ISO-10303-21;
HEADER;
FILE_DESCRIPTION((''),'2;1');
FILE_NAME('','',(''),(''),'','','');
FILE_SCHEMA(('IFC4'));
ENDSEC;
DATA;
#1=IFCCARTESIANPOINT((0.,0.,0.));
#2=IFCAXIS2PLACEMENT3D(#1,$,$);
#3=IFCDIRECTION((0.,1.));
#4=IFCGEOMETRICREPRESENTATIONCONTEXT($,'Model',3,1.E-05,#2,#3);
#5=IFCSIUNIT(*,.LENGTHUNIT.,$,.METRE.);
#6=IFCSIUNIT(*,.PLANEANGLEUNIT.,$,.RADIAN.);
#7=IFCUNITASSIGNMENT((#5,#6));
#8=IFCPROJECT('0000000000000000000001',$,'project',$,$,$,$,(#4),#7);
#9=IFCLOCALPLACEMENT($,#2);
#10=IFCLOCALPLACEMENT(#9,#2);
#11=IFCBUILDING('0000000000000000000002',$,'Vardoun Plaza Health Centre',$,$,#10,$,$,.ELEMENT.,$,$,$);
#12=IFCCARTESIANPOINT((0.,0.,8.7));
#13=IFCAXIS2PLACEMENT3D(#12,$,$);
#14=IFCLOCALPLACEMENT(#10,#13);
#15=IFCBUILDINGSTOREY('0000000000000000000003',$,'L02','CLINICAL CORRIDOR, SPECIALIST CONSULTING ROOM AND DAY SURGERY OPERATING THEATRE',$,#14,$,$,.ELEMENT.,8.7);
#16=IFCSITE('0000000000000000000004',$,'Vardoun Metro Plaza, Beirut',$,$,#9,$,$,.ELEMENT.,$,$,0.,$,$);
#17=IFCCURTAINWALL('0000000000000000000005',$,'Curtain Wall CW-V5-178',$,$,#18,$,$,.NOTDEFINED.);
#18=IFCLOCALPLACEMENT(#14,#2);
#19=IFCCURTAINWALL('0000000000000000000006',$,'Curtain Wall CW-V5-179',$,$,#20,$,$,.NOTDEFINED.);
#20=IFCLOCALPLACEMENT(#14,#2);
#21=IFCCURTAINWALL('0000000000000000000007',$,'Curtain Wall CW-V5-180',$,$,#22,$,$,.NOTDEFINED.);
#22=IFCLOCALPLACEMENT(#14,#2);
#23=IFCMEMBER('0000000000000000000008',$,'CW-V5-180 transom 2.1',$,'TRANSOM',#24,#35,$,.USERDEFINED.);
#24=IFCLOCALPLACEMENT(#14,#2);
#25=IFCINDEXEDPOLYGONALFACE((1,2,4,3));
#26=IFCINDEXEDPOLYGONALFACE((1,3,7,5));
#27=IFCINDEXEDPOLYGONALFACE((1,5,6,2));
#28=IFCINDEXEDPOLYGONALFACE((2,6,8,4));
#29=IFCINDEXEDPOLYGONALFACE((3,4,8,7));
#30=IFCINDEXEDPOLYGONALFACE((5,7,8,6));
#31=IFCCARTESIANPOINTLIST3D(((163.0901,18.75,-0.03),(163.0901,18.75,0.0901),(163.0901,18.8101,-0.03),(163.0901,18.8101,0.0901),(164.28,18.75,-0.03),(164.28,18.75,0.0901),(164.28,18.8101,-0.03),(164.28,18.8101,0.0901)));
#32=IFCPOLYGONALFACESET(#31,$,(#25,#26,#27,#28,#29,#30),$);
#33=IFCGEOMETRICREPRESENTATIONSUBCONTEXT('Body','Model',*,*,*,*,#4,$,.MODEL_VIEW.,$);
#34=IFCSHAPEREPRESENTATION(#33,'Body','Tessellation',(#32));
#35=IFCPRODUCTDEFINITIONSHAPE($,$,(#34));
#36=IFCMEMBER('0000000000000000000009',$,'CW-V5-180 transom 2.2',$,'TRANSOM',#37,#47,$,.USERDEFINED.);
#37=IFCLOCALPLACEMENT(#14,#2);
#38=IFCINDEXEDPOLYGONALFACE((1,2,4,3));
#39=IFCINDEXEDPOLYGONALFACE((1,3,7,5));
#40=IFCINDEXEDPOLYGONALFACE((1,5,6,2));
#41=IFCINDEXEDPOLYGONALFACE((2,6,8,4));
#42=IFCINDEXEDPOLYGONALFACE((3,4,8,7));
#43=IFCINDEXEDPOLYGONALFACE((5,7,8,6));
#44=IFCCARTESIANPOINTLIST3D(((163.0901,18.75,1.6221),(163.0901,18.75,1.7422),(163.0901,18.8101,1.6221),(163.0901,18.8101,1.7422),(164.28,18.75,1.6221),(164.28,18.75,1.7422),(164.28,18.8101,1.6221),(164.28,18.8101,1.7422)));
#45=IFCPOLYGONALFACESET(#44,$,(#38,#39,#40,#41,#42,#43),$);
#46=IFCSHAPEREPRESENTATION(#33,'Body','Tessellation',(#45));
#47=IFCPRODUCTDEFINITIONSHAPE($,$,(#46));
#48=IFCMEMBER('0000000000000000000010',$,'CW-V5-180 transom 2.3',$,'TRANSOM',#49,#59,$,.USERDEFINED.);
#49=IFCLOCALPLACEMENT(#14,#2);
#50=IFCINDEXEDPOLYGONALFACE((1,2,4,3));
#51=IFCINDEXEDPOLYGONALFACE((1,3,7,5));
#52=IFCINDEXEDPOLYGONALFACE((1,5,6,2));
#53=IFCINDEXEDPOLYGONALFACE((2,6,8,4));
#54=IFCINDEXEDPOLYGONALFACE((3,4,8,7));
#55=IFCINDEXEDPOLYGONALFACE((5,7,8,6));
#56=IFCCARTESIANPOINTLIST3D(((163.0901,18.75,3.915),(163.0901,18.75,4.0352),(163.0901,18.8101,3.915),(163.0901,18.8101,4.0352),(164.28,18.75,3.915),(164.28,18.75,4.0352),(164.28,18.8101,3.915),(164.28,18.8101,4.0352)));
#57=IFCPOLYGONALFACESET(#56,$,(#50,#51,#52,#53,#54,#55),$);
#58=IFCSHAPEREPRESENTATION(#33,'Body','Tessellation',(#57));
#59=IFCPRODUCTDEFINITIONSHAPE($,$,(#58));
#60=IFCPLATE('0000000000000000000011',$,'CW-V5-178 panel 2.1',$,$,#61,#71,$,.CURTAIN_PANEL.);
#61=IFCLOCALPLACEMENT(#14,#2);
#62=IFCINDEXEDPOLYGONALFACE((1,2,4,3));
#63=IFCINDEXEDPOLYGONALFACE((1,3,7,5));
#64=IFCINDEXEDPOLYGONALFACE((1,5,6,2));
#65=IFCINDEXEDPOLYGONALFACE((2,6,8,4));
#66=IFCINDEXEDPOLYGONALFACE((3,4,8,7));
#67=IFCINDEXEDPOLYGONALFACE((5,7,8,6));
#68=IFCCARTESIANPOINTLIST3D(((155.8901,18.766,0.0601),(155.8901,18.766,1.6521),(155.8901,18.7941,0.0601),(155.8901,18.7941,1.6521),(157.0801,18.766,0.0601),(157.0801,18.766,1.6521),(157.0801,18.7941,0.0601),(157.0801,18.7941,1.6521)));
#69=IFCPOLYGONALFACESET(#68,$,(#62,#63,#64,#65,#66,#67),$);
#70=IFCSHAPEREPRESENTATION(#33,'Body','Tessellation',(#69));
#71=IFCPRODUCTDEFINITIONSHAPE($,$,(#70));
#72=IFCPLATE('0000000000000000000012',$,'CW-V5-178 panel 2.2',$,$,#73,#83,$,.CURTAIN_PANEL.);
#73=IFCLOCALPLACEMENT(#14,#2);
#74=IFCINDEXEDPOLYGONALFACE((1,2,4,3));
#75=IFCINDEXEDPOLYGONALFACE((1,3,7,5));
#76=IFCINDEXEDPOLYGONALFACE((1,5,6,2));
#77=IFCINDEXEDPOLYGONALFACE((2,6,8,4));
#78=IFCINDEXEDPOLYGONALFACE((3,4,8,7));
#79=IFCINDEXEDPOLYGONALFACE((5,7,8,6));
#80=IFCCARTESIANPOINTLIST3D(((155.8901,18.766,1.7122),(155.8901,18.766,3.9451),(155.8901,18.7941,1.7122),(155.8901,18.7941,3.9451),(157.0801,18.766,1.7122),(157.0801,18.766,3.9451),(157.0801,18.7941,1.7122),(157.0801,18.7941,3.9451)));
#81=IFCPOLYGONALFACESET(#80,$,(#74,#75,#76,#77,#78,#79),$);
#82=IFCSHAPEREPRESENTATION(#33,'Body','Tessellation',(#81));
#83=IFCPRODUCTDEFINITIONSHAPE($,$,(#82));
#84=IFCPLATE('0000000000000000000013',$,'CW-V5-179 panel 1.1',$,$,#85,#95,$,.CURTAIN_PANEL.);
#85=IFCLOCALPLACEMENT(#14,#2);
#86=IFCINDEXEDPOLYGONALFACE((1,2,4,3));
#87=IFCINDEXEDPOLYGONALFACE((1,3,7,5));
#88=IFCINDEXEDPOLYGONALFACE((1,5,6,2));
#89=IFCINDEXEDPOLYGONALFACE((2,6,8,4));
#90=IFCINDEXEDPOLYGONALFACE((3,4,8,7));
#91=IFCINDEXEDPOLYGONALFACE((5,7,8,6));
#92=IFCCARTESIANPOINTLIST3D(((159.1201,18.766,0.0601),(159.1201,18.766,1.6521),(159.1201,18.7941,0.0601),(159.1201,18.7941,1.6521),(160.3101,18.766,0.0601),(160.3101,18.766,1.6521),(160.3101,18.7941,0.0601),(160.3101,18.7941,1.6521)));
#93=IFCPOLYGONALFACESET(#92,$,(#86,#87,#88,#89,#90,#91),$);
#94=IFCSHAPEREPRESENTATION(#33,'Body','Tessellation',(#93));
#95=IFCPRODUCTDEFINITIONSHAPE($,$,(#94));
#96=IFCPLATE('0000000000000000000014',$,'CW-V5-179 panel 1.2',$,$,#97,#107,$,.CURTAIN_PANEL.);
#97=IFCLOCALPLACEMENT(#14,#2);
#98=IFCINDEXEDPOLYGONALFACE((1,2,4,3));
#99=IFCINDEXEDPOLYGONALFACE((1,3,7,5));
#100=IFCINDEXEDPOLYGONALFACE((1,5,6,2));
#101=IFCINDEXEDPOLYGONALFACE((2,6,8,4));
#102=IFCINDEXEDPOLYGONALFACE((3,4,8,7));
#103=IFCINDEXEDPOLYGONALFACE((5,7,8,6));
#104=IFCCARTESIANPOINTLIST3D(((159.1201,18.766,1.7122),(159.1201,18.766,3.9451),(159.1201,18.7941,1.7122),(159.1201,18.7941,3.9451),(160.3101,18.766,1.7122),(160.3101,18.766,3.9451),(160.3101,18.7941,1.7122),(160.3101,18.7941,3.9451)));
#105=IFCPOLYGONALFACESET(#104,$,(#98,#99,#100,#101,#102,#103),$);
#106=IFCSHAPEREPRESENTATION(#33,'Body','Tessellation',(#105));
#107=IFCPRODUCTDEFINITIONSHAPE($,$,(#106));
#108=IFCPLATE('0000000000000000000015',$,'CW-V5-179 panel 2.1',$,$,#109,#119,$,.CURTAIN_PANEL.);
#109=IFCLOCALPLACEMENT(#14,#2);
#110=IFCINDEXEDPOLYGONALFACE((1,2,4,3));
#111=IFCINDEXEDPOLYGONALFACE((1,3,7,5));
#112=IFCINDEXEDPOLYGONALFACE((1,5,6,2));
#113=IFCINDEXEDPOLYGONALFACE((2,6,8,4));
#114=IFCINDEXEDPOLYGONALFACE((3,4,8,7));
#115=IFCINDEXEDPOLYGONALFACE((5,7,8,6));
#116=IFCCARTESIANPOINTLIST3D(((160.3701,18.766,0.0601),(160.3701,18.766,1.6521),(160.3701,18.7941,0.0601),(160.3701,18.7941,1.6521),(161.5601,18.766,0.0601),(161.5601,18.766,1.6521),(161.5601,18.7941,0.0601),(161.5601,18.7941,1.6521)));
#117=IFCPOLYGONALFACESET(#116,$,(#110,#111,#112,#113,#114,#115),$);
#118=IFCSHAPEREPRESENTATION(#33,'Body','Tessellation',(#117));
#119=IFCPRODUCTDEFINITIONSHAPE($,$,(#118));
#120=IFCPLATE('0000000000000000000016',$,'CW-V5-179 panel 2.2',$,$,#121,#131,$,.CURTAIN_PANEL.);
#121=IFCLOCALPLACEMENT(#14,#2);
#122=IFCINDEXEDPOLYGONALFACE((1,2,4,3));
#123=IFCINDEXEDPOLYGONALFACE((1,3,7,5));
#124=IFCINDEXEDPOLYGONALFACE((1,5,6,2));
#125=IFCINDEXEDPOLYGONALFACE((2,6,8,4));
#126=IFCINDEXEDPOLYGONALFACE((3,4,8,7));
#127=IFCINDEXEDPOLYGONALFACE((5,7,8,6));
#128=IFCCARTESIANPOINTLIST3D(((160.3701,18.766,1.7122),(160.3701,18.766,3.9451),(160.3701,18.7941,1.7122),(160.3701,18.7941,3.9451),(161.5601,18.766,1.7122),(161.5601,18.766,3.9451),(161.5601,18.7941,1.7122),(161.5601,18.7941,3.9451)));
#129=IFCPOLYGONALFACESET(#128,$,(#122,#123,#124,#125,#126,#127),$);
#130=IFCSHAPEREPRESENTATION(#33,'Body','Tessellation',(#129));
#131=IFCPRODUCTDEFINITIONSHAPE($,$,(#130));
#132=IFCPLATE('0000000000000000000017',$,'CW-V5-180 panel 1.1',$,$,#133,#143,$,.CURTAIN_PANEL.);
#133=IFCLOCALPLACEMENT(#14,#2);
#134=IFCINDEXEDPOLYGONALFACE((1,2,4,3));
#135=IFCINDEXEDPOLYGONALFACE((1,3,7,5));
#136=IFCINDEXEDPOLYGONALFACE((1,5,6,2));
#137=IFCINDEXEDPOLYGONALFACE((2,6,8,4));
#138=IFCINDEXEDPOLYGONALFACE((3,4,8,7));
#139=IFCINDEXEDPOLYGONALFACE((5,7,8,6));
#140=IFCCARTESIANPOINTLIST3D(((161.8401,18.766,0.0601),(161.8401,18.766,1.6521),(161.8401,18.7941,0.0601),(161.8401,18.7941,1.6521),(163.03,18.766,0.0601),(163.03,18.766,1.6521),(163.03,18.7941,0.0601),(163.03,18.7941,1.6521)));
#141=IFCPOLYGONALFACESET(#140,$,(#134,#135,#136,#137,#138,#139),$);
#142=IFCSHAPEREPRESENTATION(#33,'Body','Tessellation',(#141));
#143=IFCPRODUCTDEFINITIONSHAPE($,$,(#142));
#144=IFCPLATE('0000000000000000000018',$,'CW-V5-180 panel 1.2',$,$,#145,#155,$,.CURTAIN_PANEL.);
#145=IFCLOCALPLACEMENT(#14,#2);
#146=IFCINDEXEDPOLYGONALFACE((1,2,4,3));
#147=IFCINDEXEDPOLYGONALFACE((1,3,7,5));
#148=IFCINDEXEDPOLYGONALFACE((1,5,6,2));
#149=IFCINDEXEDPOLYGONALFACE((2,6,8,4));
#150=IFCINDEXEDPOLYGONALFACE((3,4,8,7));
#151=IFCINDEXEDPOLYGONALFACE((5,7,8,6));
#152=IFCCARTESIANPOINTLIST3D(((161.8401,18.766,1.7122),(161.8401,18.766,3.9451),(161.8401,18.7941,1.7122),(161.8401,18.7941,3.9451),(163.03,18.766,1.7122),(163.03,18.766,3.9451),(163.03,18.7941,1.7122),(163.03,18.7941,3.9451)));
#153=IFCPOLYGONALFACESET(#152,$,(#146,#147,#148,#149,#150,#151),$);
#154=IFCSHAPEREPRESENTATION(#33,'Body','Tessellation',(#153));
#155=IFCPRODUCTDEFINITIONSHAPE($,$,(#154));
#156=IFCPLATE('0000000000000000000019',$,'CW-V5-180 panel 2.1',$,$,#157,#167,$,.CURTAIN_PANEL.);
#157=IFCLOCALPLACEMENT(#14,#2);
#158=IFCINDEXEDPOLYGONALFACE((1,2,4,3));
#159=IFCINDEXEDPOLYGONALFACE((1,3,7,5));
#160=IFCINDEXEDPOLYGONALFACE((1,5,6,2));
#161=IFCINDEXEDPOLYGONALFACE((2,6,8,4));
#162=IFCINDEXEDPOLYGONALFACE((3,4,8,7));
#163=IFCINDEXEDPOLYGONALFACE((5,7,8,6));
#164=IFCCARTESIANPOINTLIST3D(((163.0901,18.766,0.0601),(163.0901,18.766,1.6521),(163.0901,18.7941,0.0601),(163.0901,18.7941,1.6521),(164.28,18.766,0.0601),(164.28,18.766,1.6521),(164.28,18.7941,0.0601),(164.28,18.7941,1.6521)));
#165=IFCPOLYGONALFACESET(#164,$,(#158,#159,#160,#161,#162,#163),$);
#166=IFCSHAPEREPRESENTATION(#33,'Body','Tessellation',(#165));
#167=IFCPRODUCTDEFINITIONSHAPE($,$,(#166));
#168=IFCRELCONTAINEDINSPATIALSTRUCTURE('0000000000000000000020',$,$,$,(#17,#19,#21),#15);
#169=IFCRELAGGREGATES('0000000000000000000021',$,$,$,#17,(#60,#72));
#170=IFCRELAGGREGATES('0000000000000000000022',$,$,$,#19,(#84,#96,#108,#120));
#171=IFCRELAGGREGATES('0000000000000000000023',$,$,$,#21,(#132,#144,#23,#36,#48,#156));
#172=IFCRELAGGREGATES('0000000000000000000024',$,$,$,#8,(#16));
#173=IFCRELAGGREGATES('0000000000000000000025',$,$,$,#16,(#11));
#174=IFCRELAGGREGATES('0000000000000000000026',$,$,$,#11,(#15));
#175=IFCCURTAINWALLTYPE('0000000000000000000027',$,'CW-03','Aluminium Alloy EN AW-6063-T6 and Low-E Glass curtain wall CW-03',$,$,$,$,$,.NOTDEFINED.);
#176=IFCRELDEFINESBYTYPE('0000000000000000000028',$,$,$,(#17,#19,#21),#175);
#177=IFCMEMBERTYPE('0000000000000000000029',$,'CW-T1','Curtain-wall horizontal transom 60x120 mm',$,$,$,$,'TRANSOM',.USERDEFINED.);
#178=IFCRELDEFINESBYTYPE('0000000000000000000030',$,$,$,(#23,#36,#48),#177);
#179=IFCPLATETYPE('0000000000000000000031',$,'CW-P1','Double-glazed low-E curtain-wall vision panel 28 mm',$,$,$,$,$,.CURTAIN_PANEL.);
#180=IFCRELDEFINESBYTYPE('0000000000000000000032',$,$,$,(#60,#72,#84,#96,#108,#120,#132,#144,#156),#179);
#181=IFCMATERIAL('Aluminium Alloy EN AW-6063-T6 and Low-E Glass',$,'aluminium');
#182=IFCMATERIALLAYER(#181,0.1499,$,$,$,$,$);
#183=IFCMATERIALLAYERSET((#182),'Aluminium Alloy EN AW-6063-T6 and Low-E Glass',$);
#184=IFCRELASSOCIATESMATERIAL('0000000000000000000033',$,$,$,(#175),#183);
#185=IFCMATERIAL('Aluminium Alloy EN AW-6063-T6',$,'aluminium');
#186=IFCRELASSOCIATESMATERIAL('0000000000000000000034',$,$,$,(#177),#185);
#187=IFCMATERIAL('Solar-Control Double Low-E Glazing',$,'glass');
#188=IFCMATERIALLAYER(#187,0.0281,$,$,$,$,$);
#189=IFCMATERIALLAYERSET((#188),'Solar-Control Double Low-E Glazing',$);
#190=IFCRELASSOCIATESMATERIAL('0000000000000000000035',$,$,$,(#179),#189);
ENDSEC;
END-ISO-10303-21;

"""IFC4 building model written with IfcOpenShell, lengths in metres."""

from ifc_helpers import new_model, si_unit, direction, frame, origin, origin_2d, place, context, subcontext, project, spatial, rectangle, extrude, material, layer, layer_set, material_profile, profile_set, type_object, element, aggregate, save


model = new_model("IFC4")

# Units and contexts
model_context = context("Model", 3, precision=1e-05, world=origin(), true_north=direction((0.0, 1.0)))
body_context = subcontext(model_context, "Body", "Model", "MODEL_VIEW")
ifc_project = project(units=[si_unit("LENGTHUNIT", "METRE"), si_unit("PLANEANGLEUNIT", "RADIAN")], contexts=[model_context])

# Site, building, storey
site_placement = place(None, origin())
site = spatial("IfcSite", under=ifc_project, at=site_placement, Name="Vardoun Metro Plaza, Beirut", CompositionType="ELEMENT", RefElevation=0.0)
building_placement = place(site_placement, origin())
building = spatial("IfcBuilding", under=site, at=building_placement, Name="Vardoun Plaza Health Centre", CompositionType="ELEMENT")
storey_placement = place(building_placement, frame((0.0, 0.0, 8.7)))
storey = spatial("IfcBuildingStorey", under=building, at=storey_placement, Name="L02", Description="CLINICAL CORRIDOR, SPECIALIST CONSULTING ROOM AND DAY SURGERY OPERATING THEATRE", CompositionType="ELEMENT", Elevation=8.7)

# Curtain wall
ifc_material_1 = material(Name="Aluminium Alloy EN AW-6063-T6 and Low-E Glass", Category="aluminium")
ifc_layer_1 = layer(ifc_material_1, 0.1499)
ifc_layer_set_1 = layer_set([ifc_layer_1], Name="Aluminium Alloy EN AW-6063-T6 and Low-E Glass")
curtain_wall_type = type_object("IfcCurtainWallType", Name="CW-03", Description="Aluminium Alloy EN AW-6063-T6 and Low-E Glass curtain wall CW-03", PredefinedType="NOTDEFINED", material=ifc_layer_set_1)
curtain_wall_1_placement = place(storey_placement, origin())
curtain_wall_1 = element("IfcCurtainWall", 1, at=curtain_wall_1_placement, inside=storey, type_object=curtain_wall_type, Name="Curtain Wall CW-V5-178", PredefinedType="NOTDEFINED")

# Curtain walls
curtain_wall_2_placement = place(storey_placement, origin())
curtain_wall_2 = element("IfcCurtainWall", 2, at=curtain_wall_2_placement, inside=storey, type_object=curtain_wall_type, Name="Curtain Wall CW-V5-179", PredefinedType="NOTDEFINED")
curtain_wall_3_placement = place(storey_placement, origin())
curtain_wall_3 = element("IfcCurtainWall", 3, at=curtain_wall_3_placement, inside=storey, type_object=curtain_wall_type, Name="Curtain Wall CW-V5-180", PredefinedType="NOTDEFINED")

# Members
ifc_material_2 = material(Name="Aluminium Alloy EN AW-6063-T6", Category="aluminium")
ifc_material_profile_1 = material_profile(ifc_material_2, rectangle(XDim=0.0601, YDim=0.1201, at=origin_2d()), Name="CWT 60x120")
ifc_profile_set_1 = profile_set([ifc_material_profile_1], Name="Aluminium Alloy EN AW-6063-T6")
member_type_1 = type_object("IfcMemberType", Name="CW-T1", Description="Curtain-wall horizontal transom 60x120 mm", ElementType="TRANSOM", PredefinedType="USERDEFINED", material=ifc_profile_set_1)
member_1_placement = place(storey_placement, frame((163.0901, 18.78, 0.03), z_axis=(1.0, 0.0, 0.0), x_axis=(0.0, 1.0, 0.0)))
member_1 = element("IfcMember", 4, at=member_1_placement, type_object=member_type_1, Name="CW-V5-180 transom 2.1", ObjectType="TRANSOM", PredefinedType="USERDEFINED", context=body_context, shape_type="SweptSolid", body=[
    extrude(rectangle(XDim=0.0601, YDim=0.1201, at=origin_2d()), origin(), (0.0, 0.0, 1.0), 1.1899),
])
member_2_placement = place(storey_placement, frame((163.0901, 18.78, 1.6821), z_axis=(1.0, 0.0, 0.0), x_axis=(0.0, 1.0, 0.0)))
member_2 = element("IfcMember", 5, at=member_2_placement, type_object=member_type_1, Name="CW-V5-180 transom 2.2", ObjectType="TRANSOM", PredefinedType="USERDEFINED", context=body_context, shape_type="SweptSolid", body=[
    extrude(rectangle(XDim=0.0601, YDim=0.1201, at=origin_2d()), origin(), (0.0, 0.0, 1.0), 1.1899),
])
member_3_placement = place(storey_placement, frame((163.0901, 18.78, 3.9751), z_axis=(1.0, 0.0, 0.0), x_axis=(0.0, 1.0, 0.0)))
member_3 = element("IfcMember", 6, at=member_3_placement, type_object=member_type_1, Name="CW-V5-180 transom 2.3", ObjectType="TRANSOM", PredefinedType="USERDEFINED", context=body_context, shape_type="SweptSolid", body=[
    extrude(rectangle(XDim=0.0601, YDim=0.1201, at=origin_2d()), origin(), (0.0, 0.0, 1.0), 1.1899),
])

# Plates
ifc_material_3 = material(Name="Solar-Control Double Low-E Glazing", Category="glass")
ifc_layer_2 = layer(ifc_material_3, 0.0281)
ifc_layer_set_2 = layer_set([ifc_layer_2], Name="Solar-Control Double Low-E Glazing")
plate_type = type_object("IfcPlateType", Name="CW-P1", Description="Double-glazed low-E curtain-wall vision panel 28 mm", PredefinedType="CURTAIN_PANEL", material=ifc_layer_set_2)
plate_1_placement = place(storey_placement, frame((156.4851, 18.78, 0.0601), z_axis=(0.0, 0.0, 1.0), x_axis=(1.0, 0.0, 0.0)))
plate_1 = element("IfcPlate", 7, at=plate_1_placement, type_object=plate_type, Name="CW-V5-178 panel 2.1", PredefinedType="CURTAIN_PANEL", context=body_context, shape_type="SweptSolid", body=[
    extrude(rectangle(XDim=1.1899, YDim=0.0281, at=origin_2d()), origin(), (0.0, 0.0, 1.0), 1.592),
])
plate_2_placement = place(storey_placement, frame((156.4851, 18.78, 1.7122), z_axis=(0.0, 0.0, 1.0), x_axis=(1.0, 0.0, 0.0)))
plate_2 = element("IfcPlate", 8, at=plate_2_placement, type_object=plate_type, Name="CW-V5-178 panel 2.2", PredefinedType="CURTAIN_PANEL", context=body_context, shape_type="SweptSolid", body=[
    extrude(rectangle(XDim=1.1899, YDim=0.0281, at=origin_2d()), origin(), (0.0, 0.0, 1.0), 2.2329),
])
aggregate(curtain_wall_1, [plate_1, plate_2])
plate_3_placement = place(storey_placement, frame((159.7151, 18.78, 0.0601), z_axis=(0.0, 0.0, 1.0), x_axis=(1.0, 0.0, 0.0)))
plate_3 = element("IfcPlate", 9, at=plate_3_placement, type_object=plate_type, Name="CW-V5-179 panel 1.1", PredefinedType="CURTAIN_PANEL", context=body_context, shape_type="SweptSolid", body=[
    extrude(rectangle(XDim=1.1899, YDim=0.0281, at=origin_2d()), origin(), (0.0, 0.0, 1.0), 1.592),
])
plate_4_placement = place(storey_placement, frame((159.7151, 18.78, 1.7122), z_axis=(0.0, 0.0, 1.0), x_axis=(1.0, 0.0, 0.0)))
plate_4 = element("IfcPlate", 10, at=plate_4_placement, type_object=plate_type, Name="CW-V5-179 panel 1.2", PredefinedType="CURTAIN_PANEL", context=body_context, shape_type="SweptSolid", body=[
    extrude(rectangle(XDim=1.1899, YDim=0.0281, at=origin_2d()), origin(), (0.0, 0.0, 1.0), 2.2329),
])
plate_5_placement = place(storey_placement, frame((160.9651, 18.78, 0.0601), z_axis=(0.0, 0.0, 1.0), x_axis=(1.0, 0.0, 0.0)))
plate_5 = element("IfcPlate", 11, at=plate_5_placement, type_object=plate_type, Name="CW-V5-179 panel 2.1", PredefinedType="CURTAIN_PANEL", context=body_context, shape_type="SweptSolid", body=[
    extrude(rectangle(XDim=1.1899, YDim=0.0281, at=origin_2d()), origin(), (0.0, 0.0, 1.0), 1.592),
])
plate_6_placement = place(storey_placement, frame((160.9651, 18.78, 1.7122), z_axis=(0.0, 0.0, 1.0), x_axis=(1.0, 0.0, 0.0)))
plate_6 = element("IfcPlate", 12, at=plate_6_placement, type_object=plate_type, Name="CW-V5-179 panel 2.2", PredefinedType="CURTAIN_PANEL", context=body_context, shape_type="SweptSolid", body=[
    extrude(rectangle(XDim=1.1899, YDim=0.0281, at=origin_2d()), origin(), (0.0, 0.0, 1.0), 2.2329),
])
aggregate(curtain_wall_2, [plate_3, plate_4, plate_5, plate_6])
plate_7_placement = place(storey_placement, frame((162.4351, 18.78, 0.0601), z_axis=(0.0, 0.0, 1.0), x_axis=(1.0, 0.0, 0.0)))
plate_7 = element("IfcPlate", 13, at=plate_7_placement, type_object=plate_type, Name="CW-V5-180 panel 1.1", PredefinedType="CURTAIN_PANEL", context=body_context, shape_type="SweptSolid", body=[
    extrude(rectangle(XDim=1.1899, YDim=0.0281, at=origin_2d()), origin(), (0.0, 0.0, 1.0), 1.592),
])
plate_8_placement = place(storey_placement, frame((162.4351, 18.78, 1.7122), z_axis=(0.0, 0.0, 1.0), x_axis=(1.0, 0.0, 0.0)))
plate_8 = element("IfcPlate", 14, at=plate_8_placement, type_object=plate_type, Name="CW-V5-180 panel 1.2", PredefinedType="CURTAIN_PANEL", context=body_context, shape_type="SweptSolid", body=[
    extrude(rectangle(XDim=1.1899, YDim=0.0281, at=origin_2d()), origin(), (0.0, 0.0, 1.0), 2.2329),
])
plate_9_placement = place(storey_placement, frame((163.6851, 18.78, 0.0601), z_axis=(0.0, 0.0, 1.0), x_axis=(1.0, 0.0, 0.0)))
plate_9 = element("IfcPlate", 15, at=plate_9_placement, type_object=plate_type, Name="CW-V5-180 panel 2.1", PredefinedType="CURTAIN_PANEL", context=body_context, shape_type="SweptSolid", body=[
    extrude(rectangle(XDim=1.1899, YDim=0.0281, at=origin_2d()), origin(), (0.0, 0.0, 1.0), 1.592),
])
aggregate(curtain_wall_3, [plate_7, plate_8, member_1, member_2, member_3, plate_9])

save(model, "model.ifc")
